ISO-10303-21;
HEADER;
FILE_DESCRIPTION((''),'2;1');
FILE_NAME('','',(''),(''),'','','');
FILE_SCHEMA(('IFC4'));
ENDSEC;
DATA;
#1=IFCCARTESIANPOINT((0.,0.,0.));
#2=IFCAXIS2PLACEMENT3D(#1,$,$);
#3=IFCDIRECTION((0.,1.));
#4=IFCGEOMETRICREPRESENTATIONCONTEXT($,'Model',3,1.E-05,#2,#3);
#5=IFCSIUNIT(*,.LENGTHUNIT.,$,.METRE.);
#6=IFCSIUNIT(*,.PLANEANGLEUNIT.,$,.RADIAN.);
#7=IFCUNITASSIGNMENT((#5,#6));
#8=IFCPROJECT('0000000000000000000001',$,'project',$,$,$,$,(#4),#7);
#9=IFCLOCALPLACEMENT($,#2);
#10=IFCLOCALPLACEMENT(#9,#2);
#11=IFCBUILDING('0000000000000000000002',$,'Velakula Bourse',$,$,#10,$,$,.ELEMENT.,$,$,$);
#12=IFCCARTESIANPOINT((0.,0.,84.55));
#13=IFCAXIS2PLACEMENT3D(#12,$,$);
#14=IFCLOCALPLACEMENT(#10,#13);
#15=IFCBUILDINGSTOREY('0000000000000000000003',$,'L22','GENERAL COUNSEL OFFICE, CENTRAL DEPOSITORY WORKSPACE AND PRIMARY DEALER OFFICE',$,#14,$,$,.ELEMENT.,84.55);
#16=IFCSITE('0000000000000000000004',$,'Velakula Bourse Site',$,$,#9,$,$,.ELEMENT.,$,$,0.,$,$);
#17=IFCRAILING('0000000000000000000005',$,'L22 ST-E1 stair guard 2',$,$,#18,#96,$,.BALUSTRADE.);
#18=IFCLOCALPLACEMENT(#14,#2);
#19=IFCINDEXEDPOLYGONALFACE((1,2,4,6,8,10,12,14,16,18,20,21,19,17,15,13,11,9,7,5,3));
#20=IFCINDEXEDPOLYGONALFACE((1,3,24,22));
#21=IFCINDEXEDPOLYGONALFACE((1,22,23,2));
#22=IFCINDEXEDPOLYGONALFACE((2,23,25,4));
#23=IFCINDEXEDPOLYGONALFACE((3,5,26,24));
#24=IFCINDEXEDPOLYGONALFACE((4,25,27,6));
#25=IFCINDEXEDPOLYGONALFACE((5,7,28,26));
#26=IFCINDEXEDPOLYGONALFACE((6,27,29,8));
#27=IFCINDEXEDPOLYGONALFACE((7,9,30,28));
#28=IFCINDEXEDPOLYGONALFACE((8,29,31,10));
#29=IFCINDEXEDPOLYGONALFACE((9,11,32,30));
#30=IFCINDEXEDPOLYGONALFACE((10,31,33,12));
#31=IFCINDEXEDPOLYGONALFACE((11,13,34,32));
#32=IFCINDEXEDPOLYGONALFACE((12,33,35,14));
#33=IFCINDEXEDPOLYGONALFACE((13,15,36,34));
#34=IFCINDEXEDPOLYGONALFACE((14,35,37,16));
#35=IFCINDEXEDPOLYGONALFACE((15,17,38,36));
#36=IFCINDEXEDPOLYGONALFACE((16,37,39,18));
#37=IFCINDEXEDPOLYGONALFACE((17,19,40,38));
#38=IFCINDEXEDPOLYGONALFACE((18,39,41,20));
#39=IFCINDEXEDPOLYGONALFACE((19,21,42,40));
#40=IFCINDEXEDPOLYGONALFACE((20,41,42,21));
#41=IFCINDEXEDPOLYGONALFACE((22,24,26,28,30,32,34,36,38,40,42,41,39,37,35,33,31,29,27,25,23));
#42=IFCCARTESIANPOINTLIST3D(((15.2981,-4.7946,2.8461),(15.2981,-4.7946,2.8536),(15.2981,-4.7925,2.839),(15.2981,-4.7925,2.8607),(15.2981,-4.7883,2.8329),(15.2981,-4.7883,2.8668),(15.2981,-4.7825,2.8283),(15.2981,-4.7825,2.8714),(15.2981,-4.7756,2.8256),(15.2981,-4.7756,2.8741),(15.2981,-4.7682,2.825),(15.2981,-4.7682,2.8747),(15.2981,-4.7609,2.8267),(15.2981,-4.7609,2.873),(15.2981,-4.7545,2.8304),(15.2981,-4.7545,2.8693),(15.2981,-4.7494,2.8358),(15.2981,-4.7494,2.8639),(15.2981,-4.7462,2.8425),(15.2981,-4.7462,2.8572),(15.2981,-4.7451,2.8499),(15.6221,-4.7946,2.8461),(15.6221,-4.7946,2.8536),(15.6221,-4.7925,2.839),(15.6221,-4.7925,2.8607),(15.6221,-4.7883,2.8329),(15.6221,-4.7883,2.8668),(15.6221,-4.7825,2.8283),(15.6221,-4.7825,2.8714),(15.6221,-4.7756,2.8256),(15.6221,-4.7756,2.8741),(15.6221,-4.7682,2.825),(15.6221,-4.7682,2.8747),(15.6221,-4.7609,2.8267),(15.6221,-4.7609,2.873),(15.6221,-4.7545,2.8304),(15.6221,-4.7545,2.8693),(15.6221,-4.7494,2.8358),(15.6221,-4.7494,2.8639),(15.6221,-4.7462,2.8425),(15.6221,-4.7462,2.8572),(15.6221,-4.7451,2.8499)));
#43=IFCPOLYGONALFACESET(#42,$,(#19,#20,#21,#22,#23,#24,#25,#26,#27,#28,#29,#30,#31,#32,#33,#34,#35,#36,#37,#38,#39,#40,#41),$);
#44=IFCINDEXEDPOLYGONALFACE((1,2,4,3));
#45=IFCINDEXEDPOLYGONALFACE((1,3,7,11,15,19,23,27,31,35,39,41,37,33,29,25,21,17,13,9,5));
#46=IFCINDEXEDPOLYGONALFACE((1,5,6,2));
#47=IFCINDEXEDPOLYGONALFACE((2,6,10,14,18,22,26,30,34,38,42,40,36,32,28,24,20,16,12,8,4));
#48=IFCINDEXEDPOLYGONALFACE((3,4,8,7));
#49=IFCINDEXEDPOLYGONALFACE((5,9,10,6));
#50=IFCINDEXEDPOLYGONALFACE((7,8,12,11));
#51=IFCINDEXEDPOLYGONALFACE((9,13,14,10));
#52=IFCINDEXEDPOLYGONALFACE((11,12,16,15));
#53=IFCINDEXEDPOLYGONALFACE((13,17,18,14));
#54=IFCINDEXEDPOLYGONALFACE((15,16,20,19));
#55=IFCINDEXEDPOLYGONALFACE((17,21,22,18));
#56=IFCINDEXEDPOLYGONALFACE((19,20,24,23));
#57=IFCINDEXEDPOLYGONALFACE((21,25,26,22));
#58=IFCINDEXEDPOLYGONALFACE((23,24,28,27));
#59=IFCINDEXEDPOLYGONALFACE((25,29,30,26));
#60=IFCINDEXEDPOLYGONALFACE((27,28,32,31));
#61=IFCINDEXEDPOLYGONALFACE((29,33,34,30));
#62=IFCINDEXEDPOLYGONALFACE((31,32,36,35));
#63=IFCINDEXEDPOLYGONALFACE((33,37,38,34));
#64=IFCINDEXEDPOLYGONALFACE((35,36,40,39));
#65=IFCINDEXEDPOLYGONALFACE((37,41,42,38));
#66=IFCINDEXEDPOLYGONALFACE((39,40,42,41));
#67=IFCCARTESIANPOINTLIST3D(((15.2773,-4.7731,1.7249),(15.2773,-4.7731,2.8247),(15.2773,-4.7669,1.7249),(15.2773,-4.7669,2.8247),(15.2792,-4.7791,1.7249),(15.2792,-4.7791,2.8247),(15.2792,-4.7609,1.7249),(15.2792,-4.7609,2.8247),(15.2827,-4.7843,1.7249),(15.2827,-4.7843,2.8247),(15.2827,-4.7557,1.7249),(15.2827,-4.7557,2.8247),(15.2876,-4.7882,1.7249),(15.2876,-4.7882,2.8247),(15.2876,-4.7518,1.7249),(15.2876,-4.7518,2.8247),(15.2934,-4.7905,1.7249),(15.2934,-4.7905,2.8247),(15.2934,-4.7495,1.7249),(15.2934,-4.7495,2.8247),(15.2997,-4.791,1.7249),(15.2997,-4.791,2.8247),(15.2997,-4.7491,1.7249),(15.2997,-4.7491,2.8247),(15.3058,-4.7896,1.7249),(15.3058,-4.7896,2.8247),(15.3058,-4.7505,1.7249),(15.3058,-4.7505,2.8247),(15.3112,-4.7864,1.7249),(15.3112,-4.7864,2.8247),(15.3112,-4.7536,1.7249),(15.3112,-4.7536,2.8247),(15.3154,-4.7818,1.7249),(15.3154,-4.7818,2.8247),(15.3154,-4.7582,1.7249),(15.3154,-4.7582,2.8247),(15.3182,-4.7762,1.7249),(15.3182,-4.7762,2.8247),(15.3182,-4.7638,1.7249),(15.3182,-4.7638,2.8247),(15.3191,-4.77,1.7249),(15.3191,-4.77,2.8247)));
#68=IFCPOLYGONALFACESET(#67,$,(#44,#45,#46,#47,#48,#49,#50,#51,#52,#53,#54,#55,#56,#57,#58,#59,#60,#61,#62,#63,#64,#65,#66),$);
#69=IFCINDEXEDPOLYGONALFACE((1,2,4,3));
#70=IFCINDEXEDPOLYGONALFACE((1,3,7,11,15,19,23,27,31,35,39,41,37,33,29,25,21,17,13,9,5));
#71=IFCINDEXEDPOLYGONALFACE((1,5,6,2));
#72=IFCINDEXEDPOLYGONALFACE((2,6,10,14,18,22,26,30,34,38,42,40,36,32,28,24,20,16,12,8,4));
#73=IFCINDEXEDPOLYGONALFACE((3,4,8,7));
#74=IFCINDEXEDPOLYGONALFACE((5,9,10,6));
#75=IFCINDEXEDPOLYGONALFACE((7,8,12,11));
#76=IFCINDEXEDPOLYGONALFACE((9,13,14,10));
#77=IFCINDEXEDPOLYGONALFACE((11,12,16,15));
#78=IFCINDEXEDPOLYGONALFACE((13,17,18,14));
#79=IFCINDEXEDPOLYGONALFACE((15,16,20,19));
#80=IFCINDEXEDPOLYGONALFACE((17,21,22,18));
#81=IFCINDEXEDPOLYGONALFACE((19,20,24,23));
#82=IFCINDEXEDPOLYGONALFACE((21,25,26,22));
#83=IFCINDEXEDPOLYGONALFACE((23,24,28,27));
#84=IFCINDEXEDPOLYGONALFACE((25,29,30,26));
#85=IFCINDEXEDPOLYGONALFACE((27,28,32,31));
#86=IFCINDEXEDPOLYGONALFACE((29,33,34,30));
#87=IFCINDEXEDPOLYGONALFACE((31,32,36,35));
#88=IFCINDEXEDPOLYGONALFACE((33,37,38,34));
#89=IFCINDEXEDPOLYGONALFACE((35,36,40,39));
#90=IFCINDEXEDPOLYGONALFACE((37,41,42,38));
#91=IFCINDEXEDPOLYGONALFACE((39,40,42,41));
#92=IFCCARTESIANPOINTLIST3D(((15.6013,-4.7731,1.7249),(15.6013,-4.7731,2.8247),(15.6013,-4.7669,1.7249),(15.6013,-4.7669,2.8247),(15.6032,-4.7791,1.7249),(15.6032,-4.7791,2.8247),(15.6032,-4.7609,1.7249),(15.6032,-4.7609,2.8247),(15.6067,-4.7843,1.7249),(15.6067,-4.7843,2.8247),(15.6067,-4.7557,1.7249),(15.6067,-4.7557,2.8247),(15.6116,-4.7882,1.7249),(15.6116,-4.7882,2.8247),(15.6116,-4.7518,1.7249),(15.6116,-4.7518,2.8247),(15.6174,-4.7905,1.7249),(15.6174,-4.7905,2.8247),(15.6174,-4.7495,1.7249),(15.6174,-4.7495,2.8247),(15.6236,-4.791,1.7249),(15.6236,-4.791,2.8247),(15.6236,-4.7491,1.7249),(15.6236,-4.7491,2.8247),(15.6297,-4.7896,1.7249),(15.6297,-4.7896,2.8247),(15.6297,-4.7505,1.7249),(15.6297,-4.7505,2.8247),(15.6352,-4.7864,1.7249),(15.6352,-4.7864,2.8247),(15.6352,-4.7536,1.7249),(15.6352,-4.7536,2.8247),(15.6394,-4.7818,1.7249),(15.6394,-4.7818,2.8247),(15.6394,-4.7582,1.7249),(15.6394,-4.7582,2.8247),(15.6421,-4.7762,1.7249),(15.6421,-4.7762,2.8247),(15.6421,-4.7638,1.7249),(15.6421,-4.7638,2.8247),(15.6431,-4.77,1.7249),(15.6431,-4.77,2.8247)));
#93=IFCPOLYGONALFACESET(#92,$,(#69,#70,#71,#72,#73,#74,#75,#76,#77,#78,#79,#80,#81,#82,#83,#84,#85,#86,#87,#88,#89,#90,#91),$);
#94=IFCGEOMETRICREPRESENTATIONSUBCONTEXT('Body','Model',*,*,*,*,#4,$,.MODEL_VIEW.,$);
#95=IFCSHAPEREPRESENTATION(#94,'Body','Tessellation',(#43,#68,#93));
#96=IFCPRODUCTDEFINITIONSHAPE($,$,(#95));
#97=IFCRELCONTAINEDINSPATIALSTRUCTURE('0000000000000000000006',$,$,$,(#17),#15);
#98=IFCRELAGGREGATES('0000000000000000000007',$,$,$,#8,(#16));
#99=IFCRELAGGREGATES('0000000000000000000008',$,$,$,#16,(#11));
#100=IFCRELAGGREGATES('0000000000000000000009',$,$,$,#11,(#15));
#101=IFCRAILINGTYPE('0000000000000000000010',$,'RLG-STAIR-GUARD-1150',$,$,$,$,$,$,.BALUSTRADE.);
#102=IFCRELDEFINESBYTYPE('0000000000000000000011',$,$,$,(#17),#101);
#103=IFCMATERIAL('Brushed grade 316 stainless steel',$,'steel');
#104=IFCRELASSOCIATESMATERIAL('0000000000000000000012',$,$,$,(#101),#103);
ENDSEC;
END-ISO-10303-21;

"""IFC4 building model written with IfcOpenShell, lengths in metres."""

from ifc_helpers import new_model, si_unit, direction, frame, origin, origin_2d, place, context, subcontext, project, spatial, circle, extrude, material, type_object, element, save


model = new_model("IFC4")

# Units and contexts
model_context = context("Model", 3, precision=1e-05, world=origin(), true_north=direction((0.0, 1.0)))
body_context = subcontext(model_context, "Body", "Model", "MODEL_VIEW")
ifc_project = project(units=[si_unit("LENGTHUNIT", "METRE"), si_unit("PLANEANGLEUNIT", "RADIAN")], contexts=[model_context])

# Site, building, storey
site_placement = place(None, origin())
site = spatial("IfcSite", under=ifc_project, at=site_placement, Name="Velakula Bourse Site", CompositionType="ELEMENT", RefElevation=0.0)
building_placement = place(site_placement, origin())
building = spatial("IfcBuilding", under=site, at=building_placement, Name="Velakula Bourse", CompositionType="ELEMENT")
storey_placement = place(building_placement, frame((0.0, 0.0, 84.55)))
storey = spatial("IfcBuildingStorey", under=building, at=storey_placement, Name="L22", Description="GENERAL COUNSEL OFFICE, CENTRAL DEPOSITORY WORKSPACE AND PRIMARY DEALER OFFICE", CompositionType="ELEMENT", Elevation=84.55)

# Railing
ifc_material_1 = material(Name="Brushed grade 316 stainless steel", Category="steel")
railing_type_1 = type_object("IfcRailingType", Name="RLG-STAIR-GUARD-1150", PredefinedType="BALUSTRADE", material=ifc_material_1)
railing_1_placement = place(storey_placement, frame((15.2981, -4.77, 1.7249)))
element("IfcRailing", 1, at=railing_1_placement, inside=storey, type_object=railing_type_1, Name="L22 ST-E1 stair guard 2", PredefinedType="BALUSTRADE", context=body_context, shape_type="SweptSolid", body=[
    extrude(circle(Radius=0.0249, at=origin_2d()), frame((0.0, 0.0, 1.125), z_axis=(1.0, 0.0, 0.0), x_axis=(0.0, 1.0, 0.0)), (0.0, 0.0, 1.0), 0.324),
    extrude(circle(Radius=0.021, at=origin_2d()), origin(), (0.0, 0.0, 1.0), 1.0999),
    extrude(circle(Radius=0.021, at=origin_2d()), frame((0.324, 0.0, 0.0)), (0.0, 0.0, 1.0), 1.0999),
])

save(model, "model.ifc")
